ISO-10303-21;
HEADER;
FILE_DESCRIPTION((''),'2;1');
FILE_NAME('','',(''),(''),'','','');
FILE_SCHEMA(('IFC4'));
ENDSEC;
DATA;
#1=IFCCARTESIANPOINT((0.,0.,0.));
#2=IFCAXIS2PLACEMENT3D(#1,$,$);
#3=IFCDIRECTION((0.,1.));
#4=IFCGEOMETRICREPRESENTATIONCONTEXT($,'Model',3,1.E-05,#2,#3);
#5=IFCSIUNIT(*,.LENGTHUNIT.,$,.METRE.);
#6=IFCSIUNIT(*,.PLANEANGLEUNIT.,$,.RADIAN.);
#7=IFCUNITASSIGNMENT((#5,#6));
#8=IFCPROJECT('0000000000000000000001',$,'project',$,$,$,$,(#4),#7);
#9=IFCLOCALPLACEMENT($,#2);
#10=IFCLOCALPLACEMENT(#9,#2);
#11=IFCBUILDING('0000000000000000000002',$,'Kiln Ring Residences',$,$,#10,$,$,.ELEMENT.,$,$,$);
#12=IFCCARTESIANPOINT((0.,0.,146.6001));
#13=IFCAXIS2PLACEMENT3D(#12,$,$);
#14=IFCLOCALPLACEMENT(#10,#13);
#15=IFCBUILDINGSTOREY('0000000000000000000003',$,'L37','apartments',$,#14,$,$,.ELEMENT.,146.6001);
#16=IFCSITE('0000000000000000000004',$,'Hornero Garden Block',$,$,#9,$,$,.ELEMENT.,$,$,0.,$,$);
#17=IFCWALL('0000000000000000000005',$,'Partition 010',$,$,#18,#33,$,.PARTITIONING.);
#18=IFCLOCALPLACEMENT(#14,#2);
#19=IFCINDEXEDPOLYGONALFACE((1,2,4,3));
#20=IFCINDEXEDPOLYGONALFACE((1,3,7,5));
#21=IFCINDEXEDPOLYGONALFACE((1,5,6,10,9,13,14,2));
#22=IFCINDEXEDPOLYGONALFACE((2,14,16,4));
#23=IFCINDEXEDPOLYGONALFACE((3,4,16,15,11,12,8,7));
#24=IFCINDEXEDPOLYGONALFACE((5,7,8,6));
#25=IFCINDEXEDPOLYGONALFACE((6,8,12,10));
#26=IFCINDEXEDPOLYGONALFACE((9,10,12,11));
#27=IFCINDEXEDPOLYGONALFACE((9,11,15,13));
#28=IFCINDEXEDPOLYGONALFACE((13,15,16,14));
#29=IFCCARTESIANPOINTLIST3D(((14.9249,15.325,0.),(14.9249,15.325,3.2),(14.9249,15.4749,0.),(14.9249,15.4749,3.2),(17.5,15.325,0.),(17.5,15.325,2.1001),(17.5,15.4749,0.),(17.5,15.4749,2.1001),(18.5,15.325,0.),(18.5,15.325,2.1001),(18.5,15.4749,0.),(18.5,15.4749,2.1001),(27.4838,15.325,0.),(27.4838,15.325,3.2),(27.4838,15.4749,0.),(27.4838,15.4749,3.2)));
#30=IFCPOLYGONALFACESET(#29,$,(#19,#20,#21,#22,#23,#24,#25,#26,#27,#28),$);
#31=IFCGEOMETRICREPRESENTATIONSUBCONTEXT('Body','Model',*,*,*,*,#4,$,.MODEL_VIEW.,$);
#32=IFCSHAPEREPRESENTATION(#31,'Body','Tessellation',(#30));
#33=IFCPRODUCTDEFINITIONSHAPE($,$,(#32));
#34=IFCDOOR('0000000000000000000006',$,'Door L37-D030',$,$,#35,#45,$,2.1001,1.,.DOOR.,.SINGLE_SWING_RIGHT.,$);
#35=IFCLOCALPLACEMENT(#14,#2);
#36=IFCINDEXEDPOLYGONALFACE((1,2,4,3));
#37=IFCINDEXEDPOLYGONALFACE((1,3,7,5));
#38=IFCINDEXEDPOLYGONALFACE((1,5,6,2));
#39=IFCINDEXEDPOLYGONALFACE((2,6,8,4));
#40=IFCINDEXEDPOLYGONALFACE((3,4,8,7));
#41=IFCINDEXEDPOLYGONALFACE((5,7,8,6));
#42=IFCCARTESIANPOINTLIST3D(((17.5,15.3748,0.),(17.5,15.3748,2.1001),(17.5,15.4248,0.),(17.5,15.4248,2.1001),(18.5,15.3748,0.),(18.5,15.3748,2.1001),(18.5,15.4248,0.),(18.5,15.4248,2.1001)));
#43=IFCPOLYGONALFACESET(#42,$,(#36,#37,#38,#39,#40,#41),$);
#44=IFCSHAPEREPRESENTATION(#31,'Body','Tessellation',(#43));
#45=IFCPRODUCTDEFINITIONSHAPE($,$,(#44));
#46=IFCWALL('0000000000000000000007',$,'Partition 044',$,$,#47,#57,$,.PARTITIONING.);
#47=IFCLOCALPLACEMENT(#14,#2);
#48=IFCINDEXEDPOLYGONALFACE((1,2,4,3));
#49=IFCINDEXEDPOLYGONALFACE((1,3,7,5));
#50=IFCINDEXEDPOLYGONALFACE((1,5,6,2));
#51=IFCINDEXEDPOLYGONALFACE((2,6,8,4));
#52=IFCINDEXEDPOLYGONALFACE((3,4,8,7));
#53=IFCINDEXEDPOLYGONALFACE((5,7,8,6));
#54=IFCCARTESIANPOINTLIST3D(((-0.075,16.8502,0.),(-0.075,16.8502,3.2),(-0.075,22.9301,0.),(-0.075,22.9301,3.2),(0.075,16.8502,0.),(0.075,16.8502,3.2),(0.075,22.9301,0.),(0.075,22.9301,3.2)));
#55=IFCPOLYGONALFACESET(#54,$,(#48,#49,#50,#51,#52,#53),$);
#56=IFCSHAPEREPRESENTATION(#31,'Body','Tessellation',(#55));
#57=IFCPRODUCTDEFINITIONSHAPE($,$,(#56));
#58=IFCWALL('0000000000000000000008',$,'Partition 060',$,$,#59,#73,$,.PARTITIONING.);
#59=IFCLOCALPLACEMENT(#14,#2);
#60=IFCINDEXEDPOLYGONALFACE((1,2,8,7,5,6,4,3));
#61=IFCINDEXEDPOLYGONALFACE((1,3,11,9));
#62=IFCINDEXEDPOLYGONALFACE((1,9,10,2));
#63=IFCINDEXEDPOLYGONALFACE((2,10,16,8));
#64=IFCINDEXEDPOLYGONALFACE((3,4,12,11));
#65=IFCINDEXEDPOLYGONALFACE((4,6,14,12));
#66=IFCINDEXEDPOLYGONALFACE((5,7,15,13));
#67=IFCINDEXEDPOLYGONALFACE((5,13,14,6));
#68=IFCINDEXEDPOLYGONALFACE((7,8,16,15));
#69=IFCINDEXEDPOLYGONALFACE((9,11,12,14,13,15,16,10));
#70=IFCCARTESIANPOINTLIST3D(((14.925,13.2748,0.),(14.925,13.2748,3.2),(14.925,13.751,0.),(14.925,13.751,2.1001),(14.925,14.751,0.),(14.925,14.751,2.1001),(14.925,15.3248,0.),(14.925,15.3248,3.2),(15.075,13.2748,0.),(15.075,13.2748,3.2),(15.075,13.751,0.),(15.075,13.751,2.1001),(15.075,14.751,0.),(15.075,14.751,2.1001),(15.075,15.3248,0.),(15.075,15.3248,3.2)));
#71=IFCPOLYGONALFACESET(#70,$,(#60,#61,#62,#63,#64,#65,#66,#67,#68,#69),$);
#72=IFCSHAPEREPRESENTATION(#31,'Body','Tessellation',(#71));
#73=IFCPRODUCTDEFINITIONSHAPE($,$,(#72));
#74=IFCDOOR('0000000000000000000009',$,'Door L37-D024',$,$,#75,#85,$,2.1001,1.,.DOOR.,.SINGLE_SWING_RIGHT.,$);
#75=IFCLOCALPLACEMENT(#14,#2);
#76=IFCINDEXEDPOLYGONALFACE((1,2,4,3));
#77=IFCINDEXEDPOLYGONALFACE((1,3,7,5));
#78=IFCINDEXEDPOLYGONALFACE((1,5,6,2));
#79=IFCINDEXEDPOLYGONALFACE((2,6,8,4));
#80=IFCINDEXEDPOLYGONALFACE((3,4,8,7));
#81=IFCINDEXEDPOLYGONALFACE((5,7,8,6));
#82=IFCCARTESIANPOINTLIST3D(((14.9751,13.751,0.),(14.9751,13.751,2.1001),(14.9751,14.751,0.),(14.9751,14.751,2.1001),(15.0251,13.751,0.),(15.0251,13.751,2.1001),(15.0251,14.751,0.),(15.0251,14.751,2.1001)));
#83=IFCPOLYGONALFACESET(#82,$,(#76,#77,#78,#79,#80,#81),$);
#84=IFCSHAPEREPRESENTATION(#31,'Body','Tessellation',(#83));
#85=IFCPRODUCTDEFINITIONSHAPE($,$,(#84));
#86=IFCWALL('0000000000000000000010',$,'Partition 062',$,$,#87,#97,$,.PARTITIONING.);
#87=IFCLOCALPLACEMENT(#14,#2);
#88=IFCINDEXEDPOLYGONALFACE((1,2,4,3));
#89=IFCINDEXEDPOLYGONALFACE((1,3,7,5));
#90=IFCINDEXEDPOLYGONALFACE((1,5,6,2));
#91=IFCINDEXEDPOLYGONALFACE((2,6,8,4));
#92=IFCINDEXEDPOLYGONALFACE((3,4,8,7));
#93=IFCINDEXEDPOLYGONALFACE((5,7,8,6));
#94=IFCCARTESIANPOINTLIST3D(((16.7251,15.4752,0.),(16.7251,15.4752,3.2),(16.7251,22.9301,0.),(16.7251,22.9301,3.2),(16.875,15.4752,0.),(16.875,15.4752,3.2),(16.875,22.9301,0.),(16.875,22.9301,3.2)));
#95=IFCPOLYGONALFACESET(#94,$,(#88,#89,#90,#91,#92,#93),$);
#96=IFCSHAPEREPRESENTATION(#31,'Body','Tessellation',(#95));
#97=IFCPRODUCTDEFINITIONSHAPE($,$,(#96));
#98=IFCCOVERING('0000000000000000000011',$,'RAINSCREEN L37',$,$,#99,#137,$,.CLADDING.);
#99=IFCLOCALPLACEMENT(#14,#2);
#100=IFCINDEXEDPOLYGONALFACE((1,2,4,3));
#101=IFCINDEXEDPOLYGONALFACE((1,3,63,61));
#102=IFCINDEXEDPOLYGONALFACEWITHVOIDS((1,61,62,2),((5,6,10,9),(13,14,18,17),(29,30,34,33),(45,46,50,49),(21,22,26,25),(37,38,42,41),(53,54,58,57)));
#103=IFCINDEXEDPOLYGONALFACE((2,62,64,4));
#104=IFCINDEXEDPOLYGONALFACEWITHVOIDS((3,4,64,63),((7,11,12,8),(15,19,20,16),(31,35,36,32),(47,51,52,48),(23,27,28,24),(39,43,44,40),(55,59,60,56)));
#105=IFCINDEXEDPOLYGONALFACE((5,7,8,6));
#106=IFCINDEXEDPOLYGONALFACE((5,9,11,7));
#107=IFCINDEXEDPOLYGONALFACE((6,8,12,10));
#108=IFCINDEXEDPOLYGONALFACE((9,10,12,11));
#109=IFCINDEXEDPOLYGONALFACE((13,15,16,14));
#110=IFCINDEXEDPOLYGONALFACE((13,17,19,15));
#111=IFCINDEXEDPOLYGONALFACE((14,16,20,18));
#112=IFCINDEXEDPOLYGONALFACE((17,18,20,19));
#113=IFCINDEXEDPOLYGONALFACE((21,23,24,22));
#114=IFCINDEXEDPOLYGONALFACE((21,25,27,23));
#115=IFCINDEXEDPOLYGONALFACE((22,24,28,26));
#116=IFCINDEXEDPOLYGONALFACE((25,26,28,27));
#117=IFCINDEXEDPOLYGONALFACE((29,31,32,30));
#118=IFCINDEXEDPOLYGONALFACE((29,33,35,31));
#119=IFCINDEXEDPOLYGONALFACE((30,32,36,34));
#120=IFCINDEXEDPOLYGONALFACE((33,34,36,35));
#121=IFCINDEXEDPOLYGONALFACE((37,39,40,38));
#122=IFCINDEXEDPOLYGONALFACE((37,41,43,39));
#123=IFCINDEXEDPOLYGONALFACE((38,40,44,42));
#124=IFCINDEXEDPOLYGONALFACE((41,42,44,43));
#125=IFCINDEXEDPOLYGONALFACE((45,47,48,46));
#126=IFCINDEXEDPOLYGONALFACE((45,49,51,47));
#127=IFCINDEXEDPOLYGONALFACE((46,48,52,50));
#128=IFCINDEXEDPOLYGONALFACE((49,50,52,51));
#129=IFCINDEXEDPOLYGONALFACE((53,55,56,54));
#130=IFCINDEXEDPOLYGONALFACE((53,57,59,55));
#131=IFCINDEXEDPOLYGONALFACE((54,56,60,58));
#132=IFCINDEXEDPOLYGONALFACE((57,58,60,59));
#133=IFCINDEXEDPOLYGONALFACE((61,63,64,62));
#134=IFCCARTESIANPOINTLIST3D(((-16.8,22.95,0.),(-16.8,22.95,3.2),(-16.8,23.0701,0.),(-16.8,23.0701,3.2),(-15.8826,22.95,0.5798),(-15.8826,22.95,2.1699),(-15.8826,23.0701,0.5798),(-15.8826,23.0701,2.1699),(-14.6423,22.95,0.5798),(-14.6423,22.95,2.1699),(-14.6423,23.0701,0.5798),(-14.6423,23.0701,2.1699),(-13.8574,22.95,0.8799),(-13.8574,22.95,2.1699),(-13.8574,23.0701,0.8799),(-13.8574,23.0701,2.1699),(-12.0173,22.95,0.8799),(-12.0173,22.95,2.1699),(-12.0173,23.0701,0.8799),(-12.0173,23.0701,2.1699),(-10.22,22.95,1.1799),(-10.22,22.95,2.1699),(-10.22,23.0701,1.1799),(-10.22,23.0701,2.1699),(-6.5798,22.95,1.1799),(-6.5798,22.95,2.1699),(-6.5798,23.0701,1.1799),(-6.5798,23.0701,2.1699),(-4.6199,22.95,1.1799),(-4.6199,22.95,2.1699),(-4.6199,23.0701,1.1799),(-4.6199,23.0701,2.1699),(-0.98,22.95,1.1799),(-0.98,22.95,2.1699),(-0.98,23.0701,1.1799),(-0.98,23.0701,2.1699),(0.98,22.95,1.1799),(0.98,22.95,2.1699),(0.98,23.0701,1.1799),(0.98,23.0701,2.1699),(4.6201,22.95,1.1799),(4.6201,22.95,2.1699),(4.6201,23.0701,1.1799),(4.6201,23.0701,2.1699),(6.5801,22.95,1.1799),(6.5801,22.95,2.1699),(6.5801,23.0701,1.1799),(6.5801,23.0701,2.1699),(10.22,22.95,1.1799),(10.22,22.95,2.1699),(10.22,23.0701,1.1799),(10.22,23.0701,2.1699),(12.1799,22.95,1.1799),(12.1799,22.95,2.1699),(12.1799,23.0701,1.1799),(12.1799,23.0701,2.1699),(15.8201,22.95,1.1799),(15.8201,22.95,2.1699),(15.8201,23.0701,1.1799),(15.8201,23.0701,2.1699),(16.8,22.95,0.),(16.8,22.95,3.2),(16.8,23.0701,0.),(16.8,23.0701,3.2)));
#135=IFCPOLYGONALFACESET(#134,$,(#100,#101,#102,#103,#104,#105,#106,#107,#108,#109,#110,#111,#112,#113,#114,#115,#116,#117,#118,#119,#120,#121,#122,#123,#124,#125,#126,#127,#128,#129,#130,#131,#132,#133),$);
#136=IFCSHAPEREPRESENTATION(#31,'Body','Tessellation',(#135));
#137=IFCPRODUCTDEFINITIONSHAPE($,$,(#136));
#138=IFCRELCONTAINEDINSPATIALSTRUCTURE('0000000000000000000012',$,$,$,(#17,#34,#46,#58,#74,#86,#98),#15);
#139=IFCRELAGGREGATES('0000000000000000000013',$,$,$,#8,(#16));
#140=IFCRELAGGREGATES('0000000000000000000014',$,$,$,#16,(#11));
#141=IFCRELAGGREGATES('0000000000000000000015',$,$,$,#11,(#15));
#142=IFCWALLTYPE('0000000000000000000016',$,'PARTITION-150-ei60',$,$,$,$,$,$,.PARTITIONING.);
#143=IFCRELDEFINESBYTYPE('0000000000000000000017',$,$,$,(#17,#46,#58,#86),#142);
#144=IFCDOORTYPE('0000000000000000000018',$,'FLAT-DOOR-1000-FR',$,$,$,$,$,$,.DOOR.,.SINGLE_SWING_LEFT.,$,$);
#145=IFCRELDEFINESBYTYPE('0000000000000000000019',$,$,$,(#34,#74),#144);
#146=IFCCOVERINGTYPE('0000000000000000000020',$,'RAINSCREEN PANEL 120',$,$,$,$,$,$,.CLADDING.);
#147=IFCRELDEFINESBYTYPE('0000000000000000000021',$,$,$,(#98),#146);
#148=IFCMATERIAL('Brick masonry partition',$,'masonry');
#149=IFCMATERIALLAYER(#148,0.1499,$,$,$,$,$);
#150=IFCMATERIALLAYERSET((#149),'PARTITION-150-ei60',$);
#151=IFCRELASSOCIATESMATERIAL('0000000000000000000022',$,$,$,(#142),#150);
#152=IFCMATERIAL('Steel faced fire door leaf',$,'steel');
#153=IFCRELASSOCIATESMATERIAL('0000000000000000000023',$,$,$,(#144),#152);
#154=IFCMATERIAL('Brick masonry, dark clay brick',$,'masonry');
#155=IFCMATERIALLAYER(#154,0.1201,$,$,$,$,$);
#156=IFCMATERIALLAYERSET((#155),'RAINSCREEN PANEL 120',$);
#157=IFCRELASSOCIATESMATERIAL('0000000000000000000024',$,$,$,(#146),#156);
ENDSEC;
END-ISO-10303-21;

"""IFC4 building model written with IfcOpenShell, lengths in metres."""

from ifc_helpers import new_model, si_unit, direction, frame, frame_2d, origin, place, context, subcontext, project, spatial, polyline, rectangle, outline, extrude, material, layer, layer_set, type_object, element, fill, save


model = new_model("IFC4")

# Units and contexts
model_context = context("Model", 3, precision=1e-05, world=origin(), true_north=direction((0.0, 1.0)))
body_context = subcontext(model_context, "Body", "Model", "MODEL_VIEW")
ifc_project = project(units=[si_unit("LENGTHUNIT", "METRE"), si_unit("PLANEANGLEUNIT", "RADIAN")], contexts=[model_context])

# Site, building, storey
site_placement = place(None, origin())
site = spatial("IfcSite", under=ifc_project, at=site_placement, Name="Hornero Garden Block", CompositionType="ELEMENT", RefElevation=0.0)
building_placement = place(site_placement, origin())
building = spatial("IfcBuilding", under=site, at=building_placement, Name="Kiln Ring Residences", CompositionType="ELEMENT")
storey_placement = place(building_placement, frame((0.0, 0.0, 146.6001)))
storey = spatial("IfcBuildingStorey", under=building, at=storey_placement, Name="L37", Description="apartments", CompositionType="ELEMENT", Elevation=146.6001)

# Wall, opening, door
ifc_material_1 = material(Name="Brick masonry partition", Category="masonry")
ifc_layer_1 = layer(ifc_material_1, 0.1499)
ifc_layer_set_1 = layer_set([ifc_layer_1], Name="PARTITION-150-ei60")
wall_type_1 = type_object("IfcWallType", Name="PARTITION-150-ei60", PredefinedType="PARTITIONING", material=ifc_layer_set_1)
wall_1_placement = place(storey_placement, frame((14.925, 15.3999, 0.0), z_axis=(0.0, 0.0, 1.0), x_axis=(1.0, 0.0, 0.0)))
wall_1 = element("IfcWall", 1, at=wall_1_placement, inside=storey, type_object=wall_type_1, Name="Partition 010", PredefinedType="PARTITIONING", context=body_context, shape_type="SweptSolid", body=[
    extrude(rectangle(XDim=12.5588, YDim=0.1499, at=frame_2d((6.2793, 0.0))), origin(), (0.0, 0.0, 1.0), 3.2),
])
opening_1_placement = place(wall_1_placement, frame((2.575, 0.0, 0.0)))
opening_1 = element("IfcOpeningElement", 2, at=opening_1_placement, cuts=wall_1, PredefinedType="OPENING", context=body_context, shape_type="SweptSolid", body=[
    extrude(rectangle(XDim=1.0, YDim=2.1001, at=frame_2d((0.5, 1.05))), frame((0.0, 0.085, 0.0), z_axis=(0.0, -1.0, 0.0), x_axis=(1.0, 0.0, 0.0)), (0.0, 0.0, 1.0), 0.1699),
])
ifc_material_2 = material(Name="Steel faced fire door leaf", Category="steel")
door_type_1 = type_object("IfcDoorType", Name="FLAT-DOOR-1000-FR", OperationType="SINGLE_SWING_LEFT", PredefinedType="DOOR", material=ifc_material_2)
door_1_placement = place(opening_1_placement, origin())
door_1 = element("IfcDoor", 3, at=door_1_placement, inside=storey, type_object=door_type_1, Name="Door L37-D030", OperationType="SINGLE_SWING_RIGHT", OverallHeight=2.1001, OverallWidth=1.0, PredefinedType="DOOR", context=body_context, shape_type="SweptSolid", body=[
    extrude(rectangle(XDim=1.0, YDim=2.1001, at=frame_2d((0.5, 1.05))), frame((0.0, 0.0249, 0.0), z_axis=(0.0, -1.0, 0.0), x_axis=(1.0, 0.0, 0.0)), (0.0, 0.0, 1.0), 0.05),
])
fill(opening_1, door_1)

# Wall
wall_2_placement = place(storey_placement, frame((0.0, 16.8501, 0.0), z_axis=(0.0, 0.0, 1.0), x_axis=(0.0, 1.0, 0.0)))
element("IfcWall", 4, at=wall_2_placement, inside=storey, type_object=wall_type_1, Name="Partition 044", PredefinedType="PARTITIONING", context=body_context, shape_type="SweptSolid", body=[
    extrude(rectangle(XDim=6.0798, YDim=0.1499, at=frame_2d((3.04, 0.0))), origin(), (0.0, 0.0, 1.0), 3.2),
])

# Wall, opening, door
wall_3_placement = place(storey_placement, frame((15.0, 13.2749, 0.0), z_axis=(0.0, 0.0, 1.0), x_axis=(0.0, 1.0, 0.0)))
wall_3 = element("IfcWall", 5, at=wall_3_placement, inside=storey, type_object=wall_type_1, Name="Partition 060", PredefinedType="PARTITIONING", context=body_context, shape_type="SweptSolid", body=[
    extrude(rectangle(XDim=2.05, YDim=0.1499, at=frame_2d((1.0249, 0.0))), origin(), (0.0, 0.0, 1.0), 3.2),
])
opening_2_placement = place(wall_3_placement, frame((0.4761, 0.0, 0.0)))
opening_2 = element("IfcOpeningElement", 6, at=opening_2_placement, cuts=wall_3, PredefinedType="OPENING", context=body_context, shape_type="SweptSolid", body=[
    extrude(rectangle(XDim=1.0, YDim=2.1001, at=frame_2d((0.5, 1.05))), frame((0.0, 0.085, 0.0), z_axis=(0.0, -1.0, 0.0), x_axis=(1.0, 0.0, 0.0)), (0.0, 0.0, 1.0), 0.1699),
])
door_2_placement = place(opening_2_placement, origin())
door_2 = element("IfcDoor", 7, at=door_2_placement, inside=storey, type_object=door_type_1, Name="Door L37-D024", OperationType="SINGLE_SWING_RIGHT", OverallHeight=2.1001, OverallWidth=1.0, PredefinedType="DOOR", context=body_context, shape_type="SweptSolid", body=[
    extrude(rectangle(XDim=1.0, YDim=2.1001, at=frame_2d((0.5, 1.05))), frame((0.0, 0.0249, 0.0), z_axis=(0.0, -1.0, 0.0), x_axis=(1.0, 0.0, 0.0)), (0.0, 0.0, 1.0), 0.05),
])
fill(opening_2, door_2)

# Wall
wall_4_placement = place(storey_placement, frame((16.8, 15.4751, 0.0), z_axis=(0.0, 0.0, 1.0), x_axis=(0.0, 1.0, 0.0)))
element("IfcWall", 8, at=wall_4_placement, inside=storey, type_object=wall_type_1, Name="Partition 062", PredefinedType="PARTITIONING", context=body_context, shape_type="SweptSolid", body=[
    extrude(rectangle(XDim=7.4548, YDim=0.1499, at=frame_2d((3.7275, 0.0))), origin(), (0.0, 0.0, 1.0), 3.2),
])

# Covering
ifc_material_3 = material(Name="Brick masonry, dark clay brick", Category="masonry")
ifc_layer_2 = layer(ifc_material_3, 0.1201)
ifc_layer_set_2 = layer_set([ifc_layer_2], Name="RAINSCREEN PANEL 120")
covering_type = type_object("IfcCoveringType", Name="RAINSCREEN PANEL 120", PredefinedType="CLADDING", material=ifc_layer_set_2)
covering_placement = place(storey_placement, frame((16.8, 23.01, 0.0), z_axis=(0.0, 0.0, 1.0), x_axis=(-1.0, 0.0, 0.0)))
element("IfcCovering", 9, at=covering_placement, inside=storey, type_object=covering_type, Name="RAINSCREEN L37", PredefinedType="CLADDING", context=body_context, shape_type="SweptSolid", body=[
    extrude(outline(polyline([(0.0, 0.0), (33.6001, 0.0), (33.6001, 3.2), (0.0, 3.2), (0.0, 0.0)]), holes=[polyline([(32.6826, 0.5798), (32.6826, 2.1699), (31.4424, 2.1699), (31.4424, 0.5798), (32.6826, 0.5798)]), polyline([(28.8174, 0.8799), (30.6575, 0.8799), (30.6575, 2.1699), (28.8174, 2.1699), (28.8174, 0.8799)]), polyline([(0.98, 1.1799), (4.6201, 1.1799), (4.6201, 2.1699), (0.98, 2.1699), (0.98, 1.1799)]), polyline([(6.5801, 1.1799), (10.22, 1.1799), (10.22, 2.1699), (6.5801, 2.1699), (6.5801, 1.1799)]), polyline([(12.1799, 1.1799), (15.8201, 1.1799), (15.8201, 2.1699), (12.1799, 2.1699), (12.1799, 1.1799)]), polyline([(17.78, 1.1799), (21.4199, 1.1799), (21.4199, 2.1699), (17.78, 2.1699), (17.78, 1.1799)]), polyline([(23.3799, 1.1799), (27.02, 1.1799), (27.02, 2.1699), (23.3799, 2.1699), (23.3799, 1.1799)])]), frame((0.0, 0.0601, 0.0), z_axis=(0.0, -1.0, 0.0), x_axis=(1.0, 0.0, 0.0)), (0.0, 0.0, 1.0), 0.1201),
])

save(model, "model.ifc")
